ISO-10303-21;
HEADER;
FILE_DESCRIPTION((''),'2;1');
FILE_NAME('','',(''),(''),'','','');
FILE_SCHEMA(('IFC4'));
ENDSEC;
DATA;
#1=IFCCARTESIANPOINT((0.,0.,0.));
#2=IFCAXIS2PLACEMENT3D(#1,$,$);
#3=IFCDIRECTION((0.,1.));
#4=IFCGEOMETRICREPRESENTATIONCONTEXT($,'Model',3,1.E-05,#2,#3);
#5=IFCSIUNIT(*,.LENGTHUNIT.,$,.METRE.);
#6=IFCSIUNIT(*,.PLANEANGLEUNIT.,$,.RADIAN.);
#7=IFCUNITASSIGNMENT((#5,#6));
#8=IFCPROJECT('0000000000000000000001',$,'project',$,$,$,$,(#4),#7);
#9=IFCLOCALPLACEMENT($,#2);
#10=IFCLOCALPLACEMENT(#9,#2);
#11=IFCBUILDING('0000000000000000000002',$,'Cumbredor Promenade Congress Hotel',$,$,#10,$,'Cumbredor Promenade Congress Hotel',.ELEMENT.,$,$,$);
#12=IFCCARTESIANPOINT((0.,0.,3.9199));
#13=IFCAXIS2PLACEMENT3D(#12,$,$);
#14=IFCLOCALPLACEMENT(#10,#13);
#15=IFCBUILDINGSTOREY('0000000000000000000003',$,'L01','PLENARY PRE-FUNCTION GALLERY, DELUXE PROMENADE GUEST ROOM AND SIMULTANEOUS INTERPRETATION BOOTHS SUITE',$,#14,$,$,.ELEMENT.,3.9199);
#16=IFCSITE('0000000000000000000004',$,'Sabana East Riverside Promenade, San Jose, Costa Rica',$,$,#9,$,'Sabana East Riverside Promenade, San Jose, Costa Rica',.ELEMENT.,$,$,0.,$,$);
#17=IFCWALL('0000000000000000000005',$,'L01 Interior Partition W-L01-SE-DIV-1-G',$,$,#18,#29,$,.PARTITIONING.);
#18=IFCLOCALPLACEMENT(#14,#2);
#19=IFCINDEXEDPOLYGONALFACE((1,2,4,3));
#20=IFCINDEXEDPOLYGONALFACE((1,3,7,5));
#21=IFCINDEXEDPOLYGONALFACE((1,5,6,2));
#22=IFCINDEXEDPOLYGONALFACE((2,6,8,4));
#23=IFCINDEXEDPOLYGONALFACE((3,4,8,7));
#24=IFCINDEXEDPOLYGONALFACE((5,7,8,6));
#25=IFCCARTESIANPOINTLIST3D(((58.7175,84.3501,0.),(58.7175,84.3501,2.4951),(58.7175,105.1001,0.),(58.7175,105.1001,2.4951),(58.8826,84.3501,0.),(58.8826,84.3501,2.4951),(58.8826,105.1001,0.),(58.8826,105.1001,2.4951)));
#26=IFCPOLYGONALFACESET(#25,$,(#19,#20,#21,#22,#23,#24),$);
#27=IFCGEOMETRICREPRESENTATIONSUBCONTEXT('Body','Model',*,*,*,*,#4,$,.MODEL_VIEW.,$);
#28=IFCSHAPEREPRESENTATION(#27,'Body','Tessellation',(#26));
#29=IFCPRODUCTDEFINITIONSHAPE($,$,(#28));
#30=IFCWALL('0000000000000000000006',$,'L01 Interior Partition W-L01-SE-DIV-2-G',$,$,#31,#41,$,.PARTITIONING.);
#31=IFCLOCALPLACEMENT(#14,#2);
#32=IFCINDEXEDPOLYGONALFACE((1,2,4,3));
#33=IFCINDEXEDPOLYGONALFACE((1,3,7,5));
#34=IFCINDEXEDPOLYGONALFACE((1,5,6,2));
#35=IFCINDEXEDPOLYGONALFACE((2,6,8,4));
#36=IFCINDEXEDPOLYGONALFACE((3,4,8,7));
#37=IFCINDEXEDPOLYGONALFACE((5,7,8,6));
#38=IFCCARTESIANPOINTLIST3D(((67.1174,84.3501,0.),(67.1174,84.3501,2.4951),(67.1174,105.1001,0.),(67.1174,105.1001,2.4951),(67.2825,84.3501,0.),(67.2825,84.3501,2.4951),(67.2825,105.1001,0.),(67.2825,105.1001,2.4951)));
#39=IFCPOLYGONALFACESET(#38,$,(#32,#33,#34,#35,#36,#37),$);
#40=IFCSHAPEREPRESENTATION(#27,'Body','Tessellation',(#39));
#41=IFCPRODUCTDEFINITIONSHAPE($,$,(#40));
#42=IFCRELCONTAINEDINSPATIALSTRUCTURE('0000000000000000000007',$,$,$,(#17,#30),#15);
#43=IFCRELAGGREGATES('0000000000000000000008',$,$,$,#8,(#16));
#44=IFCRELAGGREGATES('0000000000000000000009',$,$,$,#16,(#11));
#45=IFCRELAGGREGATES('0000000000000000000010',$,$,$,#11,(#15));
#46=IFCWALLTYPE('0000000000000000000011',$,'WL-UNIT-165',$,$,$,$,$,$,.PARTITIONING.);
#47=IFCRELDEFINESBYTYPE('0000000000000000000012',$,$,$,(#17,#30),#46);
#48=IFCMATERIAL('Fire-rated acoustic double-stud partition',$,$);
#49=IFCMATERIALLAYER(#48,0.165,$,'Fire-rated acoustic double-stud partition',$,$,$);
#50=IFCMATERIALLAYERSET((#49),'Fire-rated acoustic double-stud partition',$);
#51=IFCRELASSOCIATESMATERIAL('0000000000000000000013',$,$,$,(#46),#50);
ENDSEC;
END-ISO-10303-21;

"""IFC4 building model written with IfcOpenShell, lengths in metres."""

from ifc_helpers import new_model, si_unit, direction, frame, frame_2d, origin, place, context, subcontext, project, spatial, rectangle, extrude, material, layer, layer_set, type_object, element, save


model = new_model("IFC4")

# Units and contexts
model_context = context("Model", 3, precision=1e-05, world=origin(), true_north=direction((0.0, 1.0)))
body_context = subcontext(model_context, "Body", "Model", "MODEL_VIEW")
ifc_project = project(units=[si_unit("LENGTHUNIT", "METRE"), si_unit("PLANEANGLEUNIT", "RADIAN")], contexts=[model_context])

# Site, building, storey
site_placement = place(None, origin())
site = spatial("IfcSite", under=ifc_project, at=site_placement, Name="Sabana East Riverside Promenade, San Jose, Costa Rica", LongName="Sabana East Riverside Promenade, San Jose, Costa Rica", CompositionType="ELEMENT", RefElevation=0.0)
building_placement = place(site_placement, origin())
building = spatial("IfcBuilding", under=site, at=building_placement, Name="Cumbredor Promenade Congress Hotel", LongName="Cumbredor Promenade Congress Hotel", CompositionType="ELEMENT")
storey_placement = place(building_placement, frame((0.0, 0.0, 3.9199)))
storey = spatial("IfcBuildingStorey", under=building, at=storey_placement, Name="L01", Description="PLENARY PRE-FUNCTION GALLERY, DELUXE PROMENADE GUEST ROOM AND SIMULTANEOUS INTERPRETATION BOOTHS SUITE", CompositionType="ELEMENT", Elevation=3.9199)

# Walls
ifc_material_1 = material(Name="Fire-rated acoustic double-stud partition")
ifc_layer = layer(ifc_material_1, 0.165, Name="Fire-rated acoustic double-stud partition")
ifc_layer_set = layer_set([ifc_layer], Name="Fire-rated acoustic double-stud partition")
wall_type = type_object("IfcWallType", Name="WL-UNIT-165", PredefinedType="PARTITIONING", material=ifc_layer_set)
for number, where, z_axis, x_axis, name in (
    (1, (58.8, 84.3501, 0.0), (0.0, 0.0, 1.0), (0.0, 1.0, 0.0), "L01 Interior Partition W-L01-SE-DIV-1-G"),
    (2, (67.2, 84.3501, 0.0), (0.0, 0.0, 1.0), (0.0, 1.0, 0.0), "L01 Interior Partition W-L01-SE-DIV-2-G"),
):
    element("IfcWall", number, at=place(storey_placement, frame(where, z_axis=z_axis, x_axis=x_axis)), inside=storey, type_object=wall_type, Name=name, PredefinedType="PARTITIONING", context=body_context, shape_type="SweptSolid", body=[
        extrude(rectangle(XDim=20.75, YDim=0.165, at=frame_2d((10.375, 0.0))), origin(), (0.0, 0.0, 1.0), 2.4951),
    ])

save(model, "model.ifc")
